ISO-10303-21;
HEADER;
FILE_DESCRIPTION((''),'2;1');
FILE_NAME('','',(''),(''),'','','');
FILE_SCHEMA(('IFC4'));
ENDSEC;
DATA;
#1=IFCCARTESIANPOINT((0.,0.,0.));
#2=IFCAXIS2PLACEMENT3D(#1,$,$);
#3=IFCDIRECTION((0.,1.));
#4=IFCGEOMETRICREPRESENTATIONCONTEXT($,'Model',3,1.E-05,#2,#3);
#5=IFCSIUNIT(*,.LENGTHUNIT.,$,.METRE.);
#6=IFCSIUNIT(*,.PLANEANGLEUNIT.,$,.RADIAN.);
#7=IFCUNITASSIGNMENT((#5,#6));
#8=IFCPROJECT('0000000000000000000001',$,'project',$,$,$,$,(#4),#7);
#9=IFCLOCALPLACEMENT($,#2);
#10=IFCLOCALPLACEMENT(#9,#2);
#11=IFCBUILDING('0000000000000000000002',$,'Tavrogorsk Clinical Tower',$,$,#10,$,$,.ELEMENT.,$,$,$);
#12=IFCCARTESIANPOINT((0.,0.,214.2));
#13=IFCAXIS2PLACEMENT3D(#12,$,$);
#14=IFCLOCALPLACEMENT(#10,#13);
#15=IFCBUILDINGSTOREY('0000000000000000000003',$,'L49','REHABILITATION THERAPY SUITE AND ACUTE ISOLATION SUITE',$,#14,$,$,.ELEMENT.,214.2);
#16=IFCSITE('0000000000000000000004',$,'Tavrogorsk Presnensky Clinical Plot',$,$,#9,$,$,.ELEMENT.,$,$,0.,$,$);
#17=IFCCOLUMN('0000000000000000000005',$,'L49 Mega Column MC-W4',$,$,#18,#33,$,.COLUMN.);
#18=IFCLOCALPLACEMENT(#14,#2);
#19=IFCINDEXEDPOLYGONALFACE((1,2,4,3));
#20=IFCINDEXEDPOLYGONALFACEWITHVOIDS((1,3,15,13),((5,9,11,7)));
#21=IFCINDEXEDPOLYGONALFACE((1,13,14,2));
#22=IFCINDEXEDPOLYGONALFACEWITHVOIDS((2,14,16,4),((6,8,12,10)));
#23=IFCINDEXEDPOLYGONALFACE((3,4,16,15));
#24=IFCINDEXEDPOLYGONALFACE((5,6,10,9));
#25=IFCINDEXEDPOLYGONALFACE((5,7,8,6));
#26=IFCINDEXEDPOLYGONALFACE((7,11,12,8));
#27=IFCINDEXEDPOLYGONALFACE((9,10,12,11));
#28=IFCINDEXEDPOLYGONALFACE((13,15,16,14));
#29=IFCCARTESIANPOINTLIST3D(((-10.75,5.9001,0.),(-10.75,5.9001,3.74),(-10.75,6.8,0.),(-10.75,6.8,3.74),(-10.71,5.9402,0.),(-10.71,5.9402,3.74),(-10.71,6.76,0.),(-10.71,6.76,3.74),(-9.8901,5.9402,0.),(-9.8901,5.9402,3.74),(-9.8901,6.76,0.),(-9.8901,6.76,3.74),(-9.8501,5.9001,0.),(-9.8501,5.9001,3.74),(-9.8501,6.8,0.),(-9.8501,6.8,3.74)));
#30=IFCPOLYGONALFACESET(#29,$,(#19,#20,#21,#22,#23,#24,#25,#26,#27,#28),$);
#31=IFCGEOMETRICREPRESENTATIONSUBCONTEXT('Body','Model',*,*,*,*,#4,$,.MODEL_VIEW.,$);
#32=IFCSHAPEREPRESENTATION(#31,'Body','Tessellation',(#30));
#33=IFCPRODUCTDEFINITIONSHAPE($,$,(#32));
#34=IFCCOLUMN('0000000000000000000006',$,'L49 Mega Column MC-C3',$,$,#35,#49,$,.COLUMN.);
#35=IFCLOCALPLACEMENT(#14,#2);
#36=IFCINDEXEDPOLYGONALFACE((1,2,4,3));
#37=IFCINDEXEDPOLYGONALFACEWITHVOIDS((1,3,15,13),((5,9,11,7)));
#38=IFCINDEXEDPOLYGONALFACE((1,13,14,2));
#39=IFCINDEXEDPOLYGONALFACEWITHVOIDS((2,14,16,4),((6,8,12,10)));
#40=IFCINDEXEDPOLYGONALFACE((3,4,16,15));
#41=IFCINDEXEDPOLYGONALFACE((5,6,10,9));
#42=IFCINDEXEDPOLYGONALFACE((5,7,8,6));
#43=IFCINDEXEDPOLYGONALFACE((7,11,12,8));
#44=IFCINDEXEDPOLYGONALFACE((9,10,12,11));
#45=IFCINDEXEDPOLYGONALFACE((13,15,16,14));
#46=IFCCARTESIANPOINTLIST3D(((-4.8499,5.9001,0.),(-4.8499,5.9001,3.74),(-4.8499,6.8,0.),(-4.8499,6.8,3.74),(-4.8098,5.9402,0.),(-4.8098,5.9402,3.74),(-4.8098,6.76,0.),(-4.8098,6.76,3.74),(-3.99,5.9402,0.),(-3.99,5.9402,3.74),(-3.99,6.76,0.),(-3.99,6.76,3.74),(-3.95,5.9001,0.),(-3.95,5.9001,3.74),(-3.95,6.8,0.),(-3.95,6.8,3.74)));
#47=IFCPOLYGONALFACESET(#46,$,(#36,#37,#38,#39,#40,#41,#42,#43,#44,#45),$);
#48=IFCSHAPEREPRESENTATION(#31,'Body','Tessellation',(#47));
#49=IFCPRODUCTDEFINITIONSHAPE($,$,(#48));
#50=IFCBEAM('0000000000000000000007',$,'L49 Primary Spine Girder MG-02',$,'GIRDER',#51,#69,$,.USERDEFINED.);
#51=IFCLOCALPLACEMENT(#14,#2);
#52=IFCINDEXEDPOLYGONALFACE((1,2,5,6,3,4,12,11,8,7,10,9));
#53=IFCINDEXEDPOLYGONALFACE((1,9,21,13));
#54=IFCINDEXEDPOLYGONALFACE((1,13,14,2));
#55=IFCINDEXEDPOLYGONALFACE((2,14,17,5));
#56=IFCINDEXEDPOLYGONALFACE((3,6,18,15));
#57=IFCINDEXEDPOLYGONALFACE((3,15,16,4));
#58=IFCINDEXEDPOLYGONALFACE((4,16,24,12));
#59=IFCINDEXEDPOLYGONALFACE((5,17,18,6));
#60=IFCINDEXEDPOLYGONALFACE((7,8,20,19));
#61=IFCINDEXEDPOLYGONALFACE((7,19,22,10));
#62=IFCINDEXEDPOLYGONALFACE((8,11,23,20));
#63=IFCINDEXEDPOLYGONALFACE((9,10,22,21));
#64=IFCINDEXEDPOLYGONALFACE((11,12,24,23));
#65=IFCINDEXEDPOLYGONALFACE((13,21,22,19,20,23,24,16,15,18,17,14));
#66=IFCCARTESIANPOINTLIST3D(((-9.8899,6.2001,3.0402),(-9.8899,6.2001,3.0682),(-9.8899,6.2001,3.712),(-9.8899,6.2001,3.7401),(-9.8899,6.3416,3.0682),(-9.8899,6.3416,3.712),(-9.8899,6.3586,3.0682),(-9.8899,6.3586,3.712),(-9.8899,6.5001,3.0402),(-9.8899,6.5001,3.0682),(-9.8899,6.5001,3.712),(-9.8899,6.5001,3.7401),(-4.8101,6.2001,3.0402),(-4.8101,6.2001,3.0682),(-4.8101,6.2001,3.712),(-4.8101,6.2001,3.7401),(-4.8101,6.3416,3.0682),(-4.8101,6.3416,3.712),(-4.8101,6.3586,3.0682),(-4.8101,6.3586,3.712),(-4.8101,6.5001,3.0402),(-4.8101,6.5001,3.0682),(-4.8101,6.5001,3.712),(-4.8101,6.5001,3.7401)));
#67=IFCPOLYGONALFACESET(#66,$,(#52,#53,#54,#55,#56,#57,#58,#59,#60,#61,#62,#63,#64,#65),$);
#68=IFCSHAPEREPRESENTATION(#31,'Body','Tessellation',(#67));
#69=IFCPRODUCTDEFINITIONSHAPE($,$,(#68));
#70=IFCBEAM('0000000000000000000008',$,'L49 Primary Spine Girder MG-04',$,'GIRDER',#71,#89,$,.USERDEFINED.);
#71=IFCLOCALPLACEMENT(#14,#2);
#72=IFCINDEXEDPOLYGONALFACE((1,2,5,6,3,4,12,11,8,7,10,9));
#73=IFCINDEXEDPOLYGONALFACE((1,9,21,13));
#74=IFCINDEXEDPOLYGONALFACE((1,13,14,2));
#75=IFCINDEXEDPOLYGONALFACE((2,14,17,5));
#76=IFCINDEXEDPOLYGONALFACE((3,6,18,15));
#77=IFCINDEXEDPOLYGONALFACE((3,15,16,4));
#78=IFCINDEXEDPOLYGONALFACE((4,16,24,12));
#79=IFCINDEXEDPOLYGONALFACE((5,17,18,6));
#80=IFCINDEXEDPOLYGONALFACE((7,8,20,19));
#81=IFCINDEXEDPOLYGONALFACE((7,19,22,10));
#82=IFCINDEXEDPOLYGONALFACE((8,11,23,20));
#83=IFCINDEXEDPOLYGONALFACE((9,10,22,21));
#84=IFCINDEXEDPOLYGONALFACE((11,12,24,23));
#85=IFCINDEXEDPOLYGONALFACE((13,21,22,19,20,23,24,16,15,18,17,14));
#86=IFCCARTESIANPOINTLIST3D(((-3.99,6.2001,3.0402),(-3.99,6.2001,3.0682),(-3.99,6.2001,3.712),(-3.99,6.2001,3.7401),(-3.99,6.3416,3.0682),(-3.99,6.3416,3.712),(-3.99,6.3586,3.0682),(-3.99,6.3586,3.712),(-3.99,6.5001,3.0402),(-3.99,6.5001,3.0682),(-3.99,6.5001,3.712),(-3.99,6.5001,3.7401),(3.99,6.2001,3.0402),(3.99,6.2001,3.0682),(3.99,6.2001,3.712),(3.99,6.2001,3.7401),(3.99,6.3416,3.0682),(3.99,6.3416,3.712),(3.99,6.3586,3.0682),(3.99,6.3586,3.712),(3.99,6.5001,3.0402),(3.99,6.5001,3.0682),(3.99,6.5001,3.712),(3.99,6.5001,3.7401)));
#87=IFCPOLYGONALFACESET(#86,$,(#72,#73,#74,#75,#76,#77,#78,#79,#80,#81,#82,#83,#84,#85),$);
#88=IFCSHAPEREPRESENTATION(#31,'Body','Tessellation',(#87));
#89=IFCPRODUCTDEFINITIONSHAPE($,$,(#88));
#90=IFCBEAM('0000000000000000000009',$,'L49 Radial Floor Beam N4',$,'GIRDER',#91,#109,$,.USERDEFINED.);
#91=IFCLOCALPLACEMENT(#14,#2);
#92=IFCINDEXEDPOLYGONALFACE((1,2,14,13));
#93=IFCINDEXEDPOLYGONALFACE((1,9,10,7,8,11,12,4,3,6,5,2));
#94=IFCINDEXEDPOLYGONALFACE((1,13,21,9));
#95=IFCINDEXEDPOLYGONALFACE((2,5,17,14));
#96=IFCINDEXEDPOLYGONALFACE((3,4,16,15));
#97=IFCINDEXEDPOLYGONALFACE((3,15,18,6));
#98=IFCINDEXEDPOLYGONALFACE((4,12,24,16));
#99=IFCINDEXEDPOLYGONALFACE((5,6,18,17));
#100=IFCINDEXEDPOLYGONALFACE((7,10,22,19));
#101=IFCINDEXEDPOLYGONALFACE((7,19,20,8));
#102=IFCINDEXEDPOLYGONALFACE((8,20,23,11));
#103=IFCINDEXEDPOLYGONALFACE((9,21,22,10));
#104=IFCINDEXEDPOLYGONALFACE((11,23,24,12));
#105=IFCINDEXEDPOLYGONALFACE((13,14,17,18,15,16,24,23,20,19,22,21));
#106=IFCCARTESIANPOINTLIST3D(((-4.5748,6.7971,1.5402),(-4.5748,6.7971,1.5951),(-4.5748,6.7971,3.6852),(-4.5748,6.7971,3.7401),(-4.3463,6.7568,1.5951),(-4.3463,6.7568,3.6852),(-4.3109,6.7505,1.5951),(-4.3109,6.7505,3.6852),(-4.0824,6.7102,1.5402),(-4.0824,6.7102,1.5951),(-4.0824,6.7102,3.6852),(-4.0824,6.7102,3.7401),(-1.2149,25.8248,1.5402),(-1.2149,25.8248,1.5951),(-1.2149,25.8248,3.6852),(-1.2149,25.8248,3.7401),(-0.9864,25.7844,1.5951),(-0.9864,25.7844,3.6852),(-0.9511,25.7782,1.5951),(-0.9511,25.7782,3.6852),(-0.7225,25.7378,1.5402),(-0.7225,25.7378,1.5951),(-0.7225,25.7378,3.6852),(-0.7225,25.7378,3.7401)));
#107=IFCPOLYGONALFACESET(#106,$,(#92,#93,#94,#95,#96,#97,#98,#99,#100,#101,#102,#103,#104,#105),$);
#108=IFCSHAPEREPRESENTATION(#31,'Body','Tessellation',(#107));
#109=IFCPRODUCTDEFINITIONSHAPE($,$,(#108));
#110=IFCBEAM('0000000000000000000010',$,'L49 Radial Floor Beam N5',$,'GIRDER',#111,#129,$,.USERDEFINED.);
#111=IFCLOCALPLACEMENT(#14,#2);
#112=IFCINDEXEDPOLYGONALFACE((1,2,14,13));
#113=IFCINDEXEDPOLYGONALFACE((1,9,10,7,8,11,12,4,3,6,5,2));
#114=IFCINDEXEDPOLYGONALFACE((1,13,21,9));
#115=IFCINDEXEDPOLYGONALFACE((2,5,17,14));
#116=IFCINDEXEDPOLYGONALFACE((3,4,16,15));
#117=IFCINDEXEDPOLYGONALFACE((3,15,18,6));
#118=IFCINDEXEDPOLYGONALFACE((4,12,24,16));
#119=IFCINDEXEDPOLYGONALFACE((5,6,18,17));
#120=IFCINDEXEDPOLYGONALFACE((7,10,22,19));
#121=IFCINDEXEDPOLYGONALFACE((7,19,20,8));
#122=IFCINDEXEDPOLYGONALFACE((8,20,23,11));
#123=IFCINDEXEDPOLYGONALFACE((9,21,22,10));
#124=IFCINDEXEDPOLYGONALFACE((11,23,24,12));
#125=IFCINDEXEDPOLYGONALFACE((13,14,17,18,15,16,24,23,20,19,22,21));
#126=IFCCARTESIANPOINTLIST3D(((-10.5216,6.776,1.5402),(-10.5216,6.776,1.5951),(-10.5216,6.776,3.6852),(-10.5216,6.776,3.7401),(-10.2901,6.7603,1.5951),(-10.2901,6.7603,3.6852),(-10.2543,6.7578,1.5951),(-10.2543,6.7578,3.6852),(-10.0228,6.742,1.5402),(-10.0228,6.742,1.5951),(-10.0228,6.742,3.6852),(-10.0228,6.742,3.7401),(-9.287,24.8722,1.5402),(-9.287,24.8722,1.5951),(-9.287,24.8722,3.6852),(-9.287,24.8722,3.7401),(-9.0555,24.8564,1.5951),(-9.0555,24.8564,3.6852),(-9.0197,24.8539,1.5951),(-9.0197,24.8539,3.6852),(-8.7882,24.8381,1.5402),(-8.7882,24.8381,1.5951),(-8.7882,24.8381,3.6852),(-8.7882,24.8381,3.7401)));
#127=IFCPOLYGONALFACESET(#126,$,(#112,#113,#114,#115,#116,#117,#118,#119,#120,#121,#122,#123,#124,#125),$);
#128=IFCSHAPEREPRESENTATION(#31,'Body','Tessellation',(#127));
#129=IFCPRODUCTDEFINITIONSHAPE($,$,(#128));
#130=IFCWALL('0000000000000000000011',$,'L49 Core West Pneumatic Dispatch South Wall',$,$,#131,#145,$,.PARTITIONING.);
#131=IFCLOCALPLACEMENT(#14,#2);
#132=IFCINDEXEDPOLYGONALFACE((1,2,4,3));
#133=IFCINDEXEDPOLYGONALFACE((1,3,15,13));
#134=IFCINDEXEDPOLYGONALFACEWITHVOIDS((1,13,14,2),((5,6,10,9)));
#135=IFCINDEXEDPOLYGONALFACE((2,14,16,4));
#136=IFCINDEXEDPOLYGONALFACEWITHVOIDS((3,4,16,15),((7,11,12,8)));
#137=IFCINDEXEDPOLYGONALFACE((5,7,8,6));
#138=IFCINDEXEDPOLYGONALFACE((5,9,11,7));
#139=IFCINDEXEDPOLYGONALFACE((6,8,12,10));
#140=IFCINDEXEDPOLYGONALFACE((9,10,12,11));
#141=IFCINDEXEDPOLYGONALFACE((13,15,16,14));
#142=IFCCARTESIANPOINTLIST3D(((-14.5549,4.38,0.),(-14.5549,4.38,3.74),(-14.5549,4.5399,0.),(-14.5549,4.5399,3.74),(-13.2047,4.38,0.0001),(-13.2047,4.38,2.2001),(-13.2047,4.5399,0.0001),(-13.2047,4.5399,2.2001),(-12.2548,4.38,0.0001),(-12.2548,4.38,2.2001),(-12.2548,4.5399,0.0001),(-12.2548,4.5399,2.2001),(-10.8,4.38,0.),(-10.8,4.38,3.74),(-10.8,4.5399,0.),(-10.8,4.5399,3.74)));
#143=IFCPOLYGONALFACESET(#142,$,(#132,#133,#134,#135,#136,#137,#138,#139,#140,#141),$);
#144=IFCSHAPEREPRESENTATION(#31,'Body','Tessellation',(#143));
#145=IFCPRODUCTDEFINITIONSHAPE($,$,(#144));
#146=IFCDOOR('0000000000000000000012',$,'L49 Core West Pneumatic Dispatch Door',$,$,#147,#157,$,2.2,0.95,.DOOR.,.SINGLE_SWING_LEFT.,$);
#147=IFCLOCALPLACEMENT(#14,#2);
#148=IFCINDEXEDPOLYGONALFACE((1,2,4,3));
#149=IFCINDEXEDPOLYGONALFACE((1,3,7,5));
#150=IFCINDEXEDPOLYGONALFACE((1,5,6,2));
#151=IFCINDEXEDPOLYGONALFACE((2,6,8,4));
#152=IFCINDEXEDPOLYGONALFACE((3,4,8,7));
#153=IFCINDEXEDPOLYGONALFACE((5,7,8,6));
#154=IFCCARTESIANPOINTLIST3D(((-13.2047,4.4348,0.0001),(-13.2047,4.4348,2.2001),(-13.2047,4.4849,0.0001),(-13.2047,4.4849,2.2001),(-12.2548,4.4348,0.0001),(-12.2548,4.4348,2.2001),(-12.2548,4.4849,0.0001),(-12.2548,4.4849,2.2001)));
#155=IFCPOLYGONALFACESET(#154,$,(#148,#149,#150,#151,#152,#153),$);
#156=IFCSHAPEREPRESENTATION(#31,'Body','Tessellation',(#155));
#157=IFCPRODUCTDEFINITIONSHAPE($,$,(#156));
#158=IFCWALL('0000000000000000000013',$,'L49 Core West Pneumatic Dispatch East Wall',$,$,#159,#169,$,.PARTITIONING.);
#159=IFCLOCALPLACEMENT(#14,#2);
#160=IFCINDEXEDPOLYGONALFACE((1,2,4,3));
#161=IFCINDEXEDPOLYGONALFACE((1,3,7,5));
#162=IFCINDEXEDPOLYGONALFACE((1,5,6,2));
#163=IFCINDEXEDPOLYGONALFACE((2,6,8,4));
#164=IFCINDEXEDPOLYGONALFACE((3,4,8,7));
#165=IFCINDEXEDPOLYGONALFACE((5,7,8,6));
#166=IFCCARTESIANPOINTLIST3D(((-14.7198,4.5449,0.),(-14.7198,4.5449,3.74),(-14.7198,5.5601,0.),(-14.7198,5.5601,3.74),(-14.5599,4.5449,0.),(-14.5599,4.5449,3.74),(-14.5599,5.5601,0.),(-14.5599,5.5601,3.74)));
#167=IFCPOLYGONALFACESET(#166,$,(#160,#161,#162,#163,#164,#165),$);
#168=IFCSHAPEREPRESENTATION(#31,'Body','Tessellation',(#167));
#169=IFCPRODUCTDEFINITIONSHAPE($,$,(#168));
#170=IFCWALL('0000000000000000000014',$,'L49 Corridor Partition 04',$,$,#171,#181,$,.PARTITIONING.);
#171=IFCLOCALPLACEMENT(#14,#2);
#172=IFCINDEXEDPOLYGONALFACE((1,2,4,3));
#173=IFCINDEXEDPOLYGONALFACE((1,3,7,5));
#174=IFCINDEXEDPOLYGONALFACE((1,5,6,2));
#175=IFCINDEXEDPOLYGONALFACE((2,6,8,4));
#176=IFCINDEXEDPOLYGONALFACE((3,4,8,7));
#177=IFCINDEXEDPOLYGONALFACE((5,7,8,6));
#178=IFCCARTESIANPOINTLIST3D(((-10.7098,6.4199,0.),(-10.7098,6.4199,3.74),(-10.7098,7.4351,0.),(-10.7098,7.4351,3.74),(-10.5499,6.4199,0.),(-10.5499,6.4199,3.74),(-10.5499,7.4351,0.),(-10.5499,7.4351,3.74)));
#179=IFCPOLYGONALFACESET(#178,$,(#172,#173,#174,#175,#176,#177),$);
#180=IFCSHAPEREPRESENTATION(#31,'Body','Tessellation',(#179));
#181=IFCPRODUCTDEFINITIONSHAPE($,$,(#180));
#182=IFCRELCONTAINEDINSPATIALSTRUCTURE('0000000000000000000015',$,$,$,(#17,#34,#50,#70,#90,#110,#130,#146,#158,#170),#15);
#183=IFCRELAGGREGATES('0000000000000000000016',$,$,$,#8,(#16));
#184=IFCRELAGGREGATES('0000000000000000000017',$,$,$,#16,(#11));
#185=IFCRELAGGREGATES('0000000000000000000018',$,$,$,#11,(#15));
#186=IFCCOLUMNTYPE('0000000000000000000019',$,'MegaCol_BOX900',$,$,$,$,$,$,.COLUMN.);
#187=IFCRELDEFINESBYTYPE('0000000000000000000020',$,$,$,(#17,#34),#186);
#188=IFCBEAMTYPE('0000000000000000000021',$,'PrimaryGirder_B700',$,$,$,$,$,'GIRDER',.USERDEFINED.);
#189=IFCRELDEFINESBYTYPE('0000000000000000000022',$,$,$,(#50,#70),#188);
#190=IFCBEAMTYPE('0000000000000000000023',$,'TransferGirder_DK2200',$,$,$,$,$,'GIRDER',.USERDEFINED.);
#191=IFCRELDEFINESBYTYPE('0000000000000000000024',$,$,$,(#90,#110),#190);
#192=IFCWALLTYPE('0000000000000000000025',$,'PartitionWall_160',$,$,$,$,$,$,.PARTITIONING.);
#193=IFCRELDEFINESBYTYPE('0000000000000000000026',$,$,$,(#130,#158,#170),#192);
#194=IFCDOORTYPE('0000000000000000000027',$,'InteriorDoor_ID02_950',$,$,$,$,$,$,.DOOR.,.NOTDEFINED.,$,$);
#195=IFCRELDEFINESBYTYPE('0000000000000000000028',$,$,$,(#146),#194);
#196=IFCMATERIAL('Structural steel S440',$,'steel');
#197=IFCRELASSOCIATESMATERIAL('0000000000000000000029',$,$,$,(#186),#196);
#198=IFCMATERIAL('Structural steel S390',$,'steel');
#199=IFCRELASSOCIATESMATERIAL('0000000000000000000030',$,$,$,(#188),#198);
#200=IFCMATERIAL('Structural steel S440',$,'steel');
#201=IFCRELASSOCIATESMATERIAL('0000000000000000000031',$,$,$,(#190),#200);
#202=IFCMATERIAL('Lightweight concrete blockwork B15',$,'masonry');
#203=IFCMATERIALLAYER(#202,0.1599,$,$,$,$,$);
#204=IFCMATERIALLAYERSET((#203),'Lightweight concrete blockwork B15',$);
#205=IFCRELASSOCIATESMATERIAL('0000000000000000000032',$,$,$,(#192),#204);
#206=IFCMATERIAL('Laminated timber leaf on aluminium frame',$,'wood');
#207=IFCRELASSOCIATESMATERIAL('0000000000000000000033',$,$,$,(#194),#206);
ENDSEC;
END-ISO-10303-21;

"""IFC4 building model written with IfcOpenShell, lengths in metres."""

from ifc_helpers import new_model, si_unit, direction, frame, frame_2d, origin, origin_2d, place, context, subcontext, project, spatial, rectangle, hollow_rectangle, i_section, extrude, material, layer, layer_set, material_profile, profile_set, type_object, element, fill, save


model = new_model("IFC4")

# Units and contexts
model_context = context("Model", 3, precision=1e-05, world=origin(), true_north=direction((0.0, 1.0)))
body_context = subcontext(model_context, "Body", "Model", "MODEL_VIEW")
ifc_project = project(units=[si_unit("LENGTHUNIT", "METRE"), si_unit("PLANEANGLEUNIT", "RADIAN")], contexts=[model_context])

# Site, building, storey
site_placement = place(None, origin())
site = spatial("IfcSite", under=ifc_project, at=site_placement, Name="Tavrogorsk Presnensky Clinical Plot", CompositionType="ELEMENT", RefElevation=0.0)
building_placement = place(site_placement, origin())
building = spatial("IfcBuilding", under=site, at=building_placement, Name="Tavrogorsk Clinical Tower", CompositionType="ELEMENT")
storey_placement = place(building_placement, frame((0.0, 0.0, 214.2)))
storey = spatial("IfcBuildingStorey", under=building, at=storey_placement, Name="L49", Description="REHABILITATION THERAPY SUITE AND ACUTE ISOLATION SUITE", CompositionType="ELEMENT", Elevation=214.2)

# Columns
ifc_material_1 = material(Name="Structural steel S440", Category="steel")
ifc_material_profile_1 = material_profile(ifc_material_1, hollow_rectangle(XDim=0.8999, YDim=0.8999, WallThickness=0.04, at=origin_2d()), Name="BOX-900x900x40")
ifc_profile_set_1 = profile_set([ifc_material_profile_1], Name="Structural steel S440")
column_type = type_object("IfcColumnType", Name="MegaCol_BOX900", PredefinedType="COLUMN", material=ifc_profile_set_1)
for number, where, z_axis, x_axis, name in (
    (1, (-10.3, 6.3501, 0.0), (0.0, 0.0, 1.0), (1.0, 0.0, 0.0), "L49 Mega Column MC-W4"),
    (2, (-4.3999, 6.3501, 0.0), (0.0, 0.0, 1.0), (1.0, 0.0, 0.0), "L49 Mega Column MC-C3"),
):
    element("IfcColumn", number, at=place(storey_placement, frame(where, z_axis=z_axis, x_axis=x_axis)), inside=storey, type_object=column_type, Name=name, PredefinedType="COLUMN", context=body_context, shape_type="SweptSolid", body=[
        extrude(hollow_rectangle(XDim=0.8999, YDim=0.8999, WallThickness=0.04, at=origin_2d()), origin(), (0.0, 0.0, 1.0), 3.74),
    ])

# Beams
ifc_material_2 = material(Name="Structural steel S390", Category="steel")
ifc_material_profile_2 = material_profile(ifc_material_2, i_section(OverallWidth=0.3, OverallDepth=0.7, WebThickness=0.0171, FlangeThickness=0.0281, at=origin_2d()), Name="B-700x300x17x28")
ifc_profile_set_2 = profile_set([ifc_material_profile_2], Name="Structural steel S390")
beam_type_1 = type_object("IfcBeamType", Name="PrimaryGirder_B700", ElementType="GIRDER", PredefinedType="USERDEFINED", material=ifc_profile_set_2)
beam_1_placement = place(storey_placement, frame((-9.8899, 6.3501, 3.3901), z_axis=(1.0, 0.0, 0.0), x_axis=(0.0, 1.0, 0.0)))
element("IfcBeam", 3, at=beam_1_placement, inside=storey, type_object=beam_type_1, Name="L49 Primary Spine Girder MG-02", ObjectType="GIRDER", PredefinedType="USERDEFINED", context=body_context, shape_type="SweptSolid", body=[
    extrude(i_section(OverallWidth=0.3, OverallDepth=0.7, WebThickness=0.0171, FlangeThickness=0.0281, at=origin_2d()), origin(), (0.0, 0.0, 1.0), 5.0798),
])
beam_2_placement = place(storey_placement, frame((-3.99, 6.3501, 3.3901), z_axis=(1.0, 0.0, 0.0), x_axis=(0.0, 1.0, 0.0)))
element("IfcBeam", 4, at=beam_2_placement, inside=storey, type_object=beam_type_1, Name="L49 Primary Spine Girder MG-04", ObjectType="GIRDER", PredefinedType="USERDEFINED", context=body_context, shape_type="SweptSolid", body=[
    extrude(i_section(OverallWidth=0.3, OverallDepth=0.7, WebThickness=0.0171, FlangeThickness=0.0281, at=origin_2d()), origin(), (0.0, 0.0, 1.0), 7.98),
])
ifc_material_3 = material(Name="Structural steel S440", Category="steel")
ifc_material_profile_3 = material_profile(ifc_material_3, i_section(OverallWidth=0.5, OverallDepth=2.2, WebThickness=0.0359, FlangeThickness=0.0549, at=origin_2d()), Name="DK-2200x500x36x55")
ifc_profile_set_3 = profile_set([ifc_material_profile_3], Name="Structural steel S440")
beam_type_2 = type_object("IfcBeamType", Name="TransferGirder_DK2200", ElementType="GIRDER", PredefinedType="USERDEFINED", material=ifc_profile_set_3)
beam_3_placement = place(storey_placement, frame((-4.3286, 6.7537, 2.6401), z_axis=(0.173888, 0.984765, 0.0), x_axis=(-0.984765, 0.173888, 0.0)))
element("IfcBeam", 5, at=beam_3_placement, inside=storey, type_object=beam_type_2, Name="L49 Radial Floor Beam N4", ObjectType="GIRDER", PredefinedType="USERDEFINED", context=body_context, shape_type="SweptSolid", body=[
    extrude(i_section(OverallWidth=0.5, OverallDepth=2.2, WebThickness=0.0359, FlangeThickness=0.0549, at=origin_2d()), origin(), (0.0, 0.0, 1.0), 19.322),
])
beam_4_placement = place(storey_placement, frame((-10.2722, 6.759, 2.6401), z_axis=(0.068067, 0.997681, 0.0), x_axis=(-0.997681, 0.068067, 0.0)))
element("IfcBeam", 6, at=beam_4_placement, inside=storey, type_object=beam_type_2, Name="L49 Radial Floor Beam N5", ObjectType="GIRDER", PredefinedType="USERDEFINED", context=body_context, shape_type="SweptSolid", body=[
    extrude(i_section(OverallWidth=0.5, OverallDepth=2.2, WebThickness=0.0359, FlangeThickness=0.0549, at=origin_2d()), origin(), (0.0, 0.0, 1.0), 18.1382),
])

# Wall, opening, door
ifc_material_4 = material(Name="Lightweight concrete blockwork B15", Category="masonry")
ifc_layer_1 = layer(ifc_material_4, 0.1599)
ifc_layer_set_1 = layer_set([ifc_layer_1], Name="Lightweight concrete blockwork B15")
wall_type_1 = type_object("IfcWallType", Name="PartitionWall_160", PredefinedType="PARTITIONING", material=ifc_layer_set_1)
wall_1_placement = place(storey_placement, frame((-14.5549, 4.46, 0.0), z_axis=(0.0, 0.0, 1.0), x_axis=(1.0, 0.0, 0.0)))
wall_1 = element("IfcWall", 7, at=wall_1_placement, inside=storey, type_object=wall_type_1, Name="L49 Core West Pneumatic Dispatch South Wall", PredefinedType="PARTITIONING", context=body_context, shape_type="SweptSolid", body=[
    extrude(rectangle(XDim=3.7549, YDim=0.1599, at=frame_2d((1.8774, 0.0))), origin(), (0.0, 0.0, 1.0), 3.74),
])
opening_1_placement = place(wall_1_placement, frame((1.3501, 0.0, 0.0)))
opening_1 = element("IfcOpeningElement", 8, at=opening_1_placement, cuts=wall_1, PredefinedType="OPENING", context=body_context, shape_type="SweptSolid", body=[
    extrude(rectangle(XDim=0.95, YDim=2.2, at=frame_2d((0.4751, 1.1001))), frame((0.0, 0.0898, 0.0), z_axis=(0.0, -1.0, 0.0), x_axis=(1.0, 0.0, 0.0)), (0.0, 0.0, 1.0), 0.1799),
])
ifc_material_5 = material(Name="Laminated timber leaf on aluminium frame", Category="wood")
door_type_1 = type_object("IfcDoorType", Name="InteriorDoor_ID02_950", OperationType="NOTDEFINED", PredefinedType="DOOR", material=ifc_material_5)
door_1_placement = place(opening_1_placement, origin())
door_1 = element("IfcDoor", 9, at=door_1_placement, inside=storey, type_object=door_type_1, Name="L49 Core West Pneumatic Dispatch Door", OperationType="SINGLE_SWING_LEFT", OverallHeight=2.2, OverallWidth=0.95, PredefinedType="DOOR", context=body_context, shape_type="SweptSolid", body=[
    extrude(rectangle(XDim=0.95, YDim=2.2, at=frame_2d((0.4751, 1.1001))), frame((0.0, 0.0249, 0.0), z_axis=(0.0, -1.0, 0.0), x_axis=(1.0, 0.0, 0.0)), (0.0, 0.0, 1.0), 0.05),
])
fill(opening_1, door_1)

# Walls
for number, where, z_axis, x_axis, name in (
    (10, (-14.6399, 4.5449, 0.0), (0.0, 0.0, 1.0), (0.0, 1.0, 0.0), "L49 Core West Pneumatic Dispatch East Wall"),
    (11, (-10.6299, 6.4199, 0.0), (0.0, 0.0, 1.0), (0.0, 1.0, 0.0), "L49 Corridor Partition 04"),
):
    element("IfcWall", number, at=place(storey_placement, frame(where, z_axis=z_axis, x_axis=x_axis)), inside=storey, type_object=wall_type_1, Name=name, PredefinedType="PARTITIONING", context=body_context, shape_type="SweptSolid", body=[
        extrude(rectangle(XDim=1.0151, YDim=0.1599, at=frame_2d((0.5076, 0.0))), origin(), (0.0, 0.0, 1.0), 3.74),
    ])

save(model, "model.ifc")
